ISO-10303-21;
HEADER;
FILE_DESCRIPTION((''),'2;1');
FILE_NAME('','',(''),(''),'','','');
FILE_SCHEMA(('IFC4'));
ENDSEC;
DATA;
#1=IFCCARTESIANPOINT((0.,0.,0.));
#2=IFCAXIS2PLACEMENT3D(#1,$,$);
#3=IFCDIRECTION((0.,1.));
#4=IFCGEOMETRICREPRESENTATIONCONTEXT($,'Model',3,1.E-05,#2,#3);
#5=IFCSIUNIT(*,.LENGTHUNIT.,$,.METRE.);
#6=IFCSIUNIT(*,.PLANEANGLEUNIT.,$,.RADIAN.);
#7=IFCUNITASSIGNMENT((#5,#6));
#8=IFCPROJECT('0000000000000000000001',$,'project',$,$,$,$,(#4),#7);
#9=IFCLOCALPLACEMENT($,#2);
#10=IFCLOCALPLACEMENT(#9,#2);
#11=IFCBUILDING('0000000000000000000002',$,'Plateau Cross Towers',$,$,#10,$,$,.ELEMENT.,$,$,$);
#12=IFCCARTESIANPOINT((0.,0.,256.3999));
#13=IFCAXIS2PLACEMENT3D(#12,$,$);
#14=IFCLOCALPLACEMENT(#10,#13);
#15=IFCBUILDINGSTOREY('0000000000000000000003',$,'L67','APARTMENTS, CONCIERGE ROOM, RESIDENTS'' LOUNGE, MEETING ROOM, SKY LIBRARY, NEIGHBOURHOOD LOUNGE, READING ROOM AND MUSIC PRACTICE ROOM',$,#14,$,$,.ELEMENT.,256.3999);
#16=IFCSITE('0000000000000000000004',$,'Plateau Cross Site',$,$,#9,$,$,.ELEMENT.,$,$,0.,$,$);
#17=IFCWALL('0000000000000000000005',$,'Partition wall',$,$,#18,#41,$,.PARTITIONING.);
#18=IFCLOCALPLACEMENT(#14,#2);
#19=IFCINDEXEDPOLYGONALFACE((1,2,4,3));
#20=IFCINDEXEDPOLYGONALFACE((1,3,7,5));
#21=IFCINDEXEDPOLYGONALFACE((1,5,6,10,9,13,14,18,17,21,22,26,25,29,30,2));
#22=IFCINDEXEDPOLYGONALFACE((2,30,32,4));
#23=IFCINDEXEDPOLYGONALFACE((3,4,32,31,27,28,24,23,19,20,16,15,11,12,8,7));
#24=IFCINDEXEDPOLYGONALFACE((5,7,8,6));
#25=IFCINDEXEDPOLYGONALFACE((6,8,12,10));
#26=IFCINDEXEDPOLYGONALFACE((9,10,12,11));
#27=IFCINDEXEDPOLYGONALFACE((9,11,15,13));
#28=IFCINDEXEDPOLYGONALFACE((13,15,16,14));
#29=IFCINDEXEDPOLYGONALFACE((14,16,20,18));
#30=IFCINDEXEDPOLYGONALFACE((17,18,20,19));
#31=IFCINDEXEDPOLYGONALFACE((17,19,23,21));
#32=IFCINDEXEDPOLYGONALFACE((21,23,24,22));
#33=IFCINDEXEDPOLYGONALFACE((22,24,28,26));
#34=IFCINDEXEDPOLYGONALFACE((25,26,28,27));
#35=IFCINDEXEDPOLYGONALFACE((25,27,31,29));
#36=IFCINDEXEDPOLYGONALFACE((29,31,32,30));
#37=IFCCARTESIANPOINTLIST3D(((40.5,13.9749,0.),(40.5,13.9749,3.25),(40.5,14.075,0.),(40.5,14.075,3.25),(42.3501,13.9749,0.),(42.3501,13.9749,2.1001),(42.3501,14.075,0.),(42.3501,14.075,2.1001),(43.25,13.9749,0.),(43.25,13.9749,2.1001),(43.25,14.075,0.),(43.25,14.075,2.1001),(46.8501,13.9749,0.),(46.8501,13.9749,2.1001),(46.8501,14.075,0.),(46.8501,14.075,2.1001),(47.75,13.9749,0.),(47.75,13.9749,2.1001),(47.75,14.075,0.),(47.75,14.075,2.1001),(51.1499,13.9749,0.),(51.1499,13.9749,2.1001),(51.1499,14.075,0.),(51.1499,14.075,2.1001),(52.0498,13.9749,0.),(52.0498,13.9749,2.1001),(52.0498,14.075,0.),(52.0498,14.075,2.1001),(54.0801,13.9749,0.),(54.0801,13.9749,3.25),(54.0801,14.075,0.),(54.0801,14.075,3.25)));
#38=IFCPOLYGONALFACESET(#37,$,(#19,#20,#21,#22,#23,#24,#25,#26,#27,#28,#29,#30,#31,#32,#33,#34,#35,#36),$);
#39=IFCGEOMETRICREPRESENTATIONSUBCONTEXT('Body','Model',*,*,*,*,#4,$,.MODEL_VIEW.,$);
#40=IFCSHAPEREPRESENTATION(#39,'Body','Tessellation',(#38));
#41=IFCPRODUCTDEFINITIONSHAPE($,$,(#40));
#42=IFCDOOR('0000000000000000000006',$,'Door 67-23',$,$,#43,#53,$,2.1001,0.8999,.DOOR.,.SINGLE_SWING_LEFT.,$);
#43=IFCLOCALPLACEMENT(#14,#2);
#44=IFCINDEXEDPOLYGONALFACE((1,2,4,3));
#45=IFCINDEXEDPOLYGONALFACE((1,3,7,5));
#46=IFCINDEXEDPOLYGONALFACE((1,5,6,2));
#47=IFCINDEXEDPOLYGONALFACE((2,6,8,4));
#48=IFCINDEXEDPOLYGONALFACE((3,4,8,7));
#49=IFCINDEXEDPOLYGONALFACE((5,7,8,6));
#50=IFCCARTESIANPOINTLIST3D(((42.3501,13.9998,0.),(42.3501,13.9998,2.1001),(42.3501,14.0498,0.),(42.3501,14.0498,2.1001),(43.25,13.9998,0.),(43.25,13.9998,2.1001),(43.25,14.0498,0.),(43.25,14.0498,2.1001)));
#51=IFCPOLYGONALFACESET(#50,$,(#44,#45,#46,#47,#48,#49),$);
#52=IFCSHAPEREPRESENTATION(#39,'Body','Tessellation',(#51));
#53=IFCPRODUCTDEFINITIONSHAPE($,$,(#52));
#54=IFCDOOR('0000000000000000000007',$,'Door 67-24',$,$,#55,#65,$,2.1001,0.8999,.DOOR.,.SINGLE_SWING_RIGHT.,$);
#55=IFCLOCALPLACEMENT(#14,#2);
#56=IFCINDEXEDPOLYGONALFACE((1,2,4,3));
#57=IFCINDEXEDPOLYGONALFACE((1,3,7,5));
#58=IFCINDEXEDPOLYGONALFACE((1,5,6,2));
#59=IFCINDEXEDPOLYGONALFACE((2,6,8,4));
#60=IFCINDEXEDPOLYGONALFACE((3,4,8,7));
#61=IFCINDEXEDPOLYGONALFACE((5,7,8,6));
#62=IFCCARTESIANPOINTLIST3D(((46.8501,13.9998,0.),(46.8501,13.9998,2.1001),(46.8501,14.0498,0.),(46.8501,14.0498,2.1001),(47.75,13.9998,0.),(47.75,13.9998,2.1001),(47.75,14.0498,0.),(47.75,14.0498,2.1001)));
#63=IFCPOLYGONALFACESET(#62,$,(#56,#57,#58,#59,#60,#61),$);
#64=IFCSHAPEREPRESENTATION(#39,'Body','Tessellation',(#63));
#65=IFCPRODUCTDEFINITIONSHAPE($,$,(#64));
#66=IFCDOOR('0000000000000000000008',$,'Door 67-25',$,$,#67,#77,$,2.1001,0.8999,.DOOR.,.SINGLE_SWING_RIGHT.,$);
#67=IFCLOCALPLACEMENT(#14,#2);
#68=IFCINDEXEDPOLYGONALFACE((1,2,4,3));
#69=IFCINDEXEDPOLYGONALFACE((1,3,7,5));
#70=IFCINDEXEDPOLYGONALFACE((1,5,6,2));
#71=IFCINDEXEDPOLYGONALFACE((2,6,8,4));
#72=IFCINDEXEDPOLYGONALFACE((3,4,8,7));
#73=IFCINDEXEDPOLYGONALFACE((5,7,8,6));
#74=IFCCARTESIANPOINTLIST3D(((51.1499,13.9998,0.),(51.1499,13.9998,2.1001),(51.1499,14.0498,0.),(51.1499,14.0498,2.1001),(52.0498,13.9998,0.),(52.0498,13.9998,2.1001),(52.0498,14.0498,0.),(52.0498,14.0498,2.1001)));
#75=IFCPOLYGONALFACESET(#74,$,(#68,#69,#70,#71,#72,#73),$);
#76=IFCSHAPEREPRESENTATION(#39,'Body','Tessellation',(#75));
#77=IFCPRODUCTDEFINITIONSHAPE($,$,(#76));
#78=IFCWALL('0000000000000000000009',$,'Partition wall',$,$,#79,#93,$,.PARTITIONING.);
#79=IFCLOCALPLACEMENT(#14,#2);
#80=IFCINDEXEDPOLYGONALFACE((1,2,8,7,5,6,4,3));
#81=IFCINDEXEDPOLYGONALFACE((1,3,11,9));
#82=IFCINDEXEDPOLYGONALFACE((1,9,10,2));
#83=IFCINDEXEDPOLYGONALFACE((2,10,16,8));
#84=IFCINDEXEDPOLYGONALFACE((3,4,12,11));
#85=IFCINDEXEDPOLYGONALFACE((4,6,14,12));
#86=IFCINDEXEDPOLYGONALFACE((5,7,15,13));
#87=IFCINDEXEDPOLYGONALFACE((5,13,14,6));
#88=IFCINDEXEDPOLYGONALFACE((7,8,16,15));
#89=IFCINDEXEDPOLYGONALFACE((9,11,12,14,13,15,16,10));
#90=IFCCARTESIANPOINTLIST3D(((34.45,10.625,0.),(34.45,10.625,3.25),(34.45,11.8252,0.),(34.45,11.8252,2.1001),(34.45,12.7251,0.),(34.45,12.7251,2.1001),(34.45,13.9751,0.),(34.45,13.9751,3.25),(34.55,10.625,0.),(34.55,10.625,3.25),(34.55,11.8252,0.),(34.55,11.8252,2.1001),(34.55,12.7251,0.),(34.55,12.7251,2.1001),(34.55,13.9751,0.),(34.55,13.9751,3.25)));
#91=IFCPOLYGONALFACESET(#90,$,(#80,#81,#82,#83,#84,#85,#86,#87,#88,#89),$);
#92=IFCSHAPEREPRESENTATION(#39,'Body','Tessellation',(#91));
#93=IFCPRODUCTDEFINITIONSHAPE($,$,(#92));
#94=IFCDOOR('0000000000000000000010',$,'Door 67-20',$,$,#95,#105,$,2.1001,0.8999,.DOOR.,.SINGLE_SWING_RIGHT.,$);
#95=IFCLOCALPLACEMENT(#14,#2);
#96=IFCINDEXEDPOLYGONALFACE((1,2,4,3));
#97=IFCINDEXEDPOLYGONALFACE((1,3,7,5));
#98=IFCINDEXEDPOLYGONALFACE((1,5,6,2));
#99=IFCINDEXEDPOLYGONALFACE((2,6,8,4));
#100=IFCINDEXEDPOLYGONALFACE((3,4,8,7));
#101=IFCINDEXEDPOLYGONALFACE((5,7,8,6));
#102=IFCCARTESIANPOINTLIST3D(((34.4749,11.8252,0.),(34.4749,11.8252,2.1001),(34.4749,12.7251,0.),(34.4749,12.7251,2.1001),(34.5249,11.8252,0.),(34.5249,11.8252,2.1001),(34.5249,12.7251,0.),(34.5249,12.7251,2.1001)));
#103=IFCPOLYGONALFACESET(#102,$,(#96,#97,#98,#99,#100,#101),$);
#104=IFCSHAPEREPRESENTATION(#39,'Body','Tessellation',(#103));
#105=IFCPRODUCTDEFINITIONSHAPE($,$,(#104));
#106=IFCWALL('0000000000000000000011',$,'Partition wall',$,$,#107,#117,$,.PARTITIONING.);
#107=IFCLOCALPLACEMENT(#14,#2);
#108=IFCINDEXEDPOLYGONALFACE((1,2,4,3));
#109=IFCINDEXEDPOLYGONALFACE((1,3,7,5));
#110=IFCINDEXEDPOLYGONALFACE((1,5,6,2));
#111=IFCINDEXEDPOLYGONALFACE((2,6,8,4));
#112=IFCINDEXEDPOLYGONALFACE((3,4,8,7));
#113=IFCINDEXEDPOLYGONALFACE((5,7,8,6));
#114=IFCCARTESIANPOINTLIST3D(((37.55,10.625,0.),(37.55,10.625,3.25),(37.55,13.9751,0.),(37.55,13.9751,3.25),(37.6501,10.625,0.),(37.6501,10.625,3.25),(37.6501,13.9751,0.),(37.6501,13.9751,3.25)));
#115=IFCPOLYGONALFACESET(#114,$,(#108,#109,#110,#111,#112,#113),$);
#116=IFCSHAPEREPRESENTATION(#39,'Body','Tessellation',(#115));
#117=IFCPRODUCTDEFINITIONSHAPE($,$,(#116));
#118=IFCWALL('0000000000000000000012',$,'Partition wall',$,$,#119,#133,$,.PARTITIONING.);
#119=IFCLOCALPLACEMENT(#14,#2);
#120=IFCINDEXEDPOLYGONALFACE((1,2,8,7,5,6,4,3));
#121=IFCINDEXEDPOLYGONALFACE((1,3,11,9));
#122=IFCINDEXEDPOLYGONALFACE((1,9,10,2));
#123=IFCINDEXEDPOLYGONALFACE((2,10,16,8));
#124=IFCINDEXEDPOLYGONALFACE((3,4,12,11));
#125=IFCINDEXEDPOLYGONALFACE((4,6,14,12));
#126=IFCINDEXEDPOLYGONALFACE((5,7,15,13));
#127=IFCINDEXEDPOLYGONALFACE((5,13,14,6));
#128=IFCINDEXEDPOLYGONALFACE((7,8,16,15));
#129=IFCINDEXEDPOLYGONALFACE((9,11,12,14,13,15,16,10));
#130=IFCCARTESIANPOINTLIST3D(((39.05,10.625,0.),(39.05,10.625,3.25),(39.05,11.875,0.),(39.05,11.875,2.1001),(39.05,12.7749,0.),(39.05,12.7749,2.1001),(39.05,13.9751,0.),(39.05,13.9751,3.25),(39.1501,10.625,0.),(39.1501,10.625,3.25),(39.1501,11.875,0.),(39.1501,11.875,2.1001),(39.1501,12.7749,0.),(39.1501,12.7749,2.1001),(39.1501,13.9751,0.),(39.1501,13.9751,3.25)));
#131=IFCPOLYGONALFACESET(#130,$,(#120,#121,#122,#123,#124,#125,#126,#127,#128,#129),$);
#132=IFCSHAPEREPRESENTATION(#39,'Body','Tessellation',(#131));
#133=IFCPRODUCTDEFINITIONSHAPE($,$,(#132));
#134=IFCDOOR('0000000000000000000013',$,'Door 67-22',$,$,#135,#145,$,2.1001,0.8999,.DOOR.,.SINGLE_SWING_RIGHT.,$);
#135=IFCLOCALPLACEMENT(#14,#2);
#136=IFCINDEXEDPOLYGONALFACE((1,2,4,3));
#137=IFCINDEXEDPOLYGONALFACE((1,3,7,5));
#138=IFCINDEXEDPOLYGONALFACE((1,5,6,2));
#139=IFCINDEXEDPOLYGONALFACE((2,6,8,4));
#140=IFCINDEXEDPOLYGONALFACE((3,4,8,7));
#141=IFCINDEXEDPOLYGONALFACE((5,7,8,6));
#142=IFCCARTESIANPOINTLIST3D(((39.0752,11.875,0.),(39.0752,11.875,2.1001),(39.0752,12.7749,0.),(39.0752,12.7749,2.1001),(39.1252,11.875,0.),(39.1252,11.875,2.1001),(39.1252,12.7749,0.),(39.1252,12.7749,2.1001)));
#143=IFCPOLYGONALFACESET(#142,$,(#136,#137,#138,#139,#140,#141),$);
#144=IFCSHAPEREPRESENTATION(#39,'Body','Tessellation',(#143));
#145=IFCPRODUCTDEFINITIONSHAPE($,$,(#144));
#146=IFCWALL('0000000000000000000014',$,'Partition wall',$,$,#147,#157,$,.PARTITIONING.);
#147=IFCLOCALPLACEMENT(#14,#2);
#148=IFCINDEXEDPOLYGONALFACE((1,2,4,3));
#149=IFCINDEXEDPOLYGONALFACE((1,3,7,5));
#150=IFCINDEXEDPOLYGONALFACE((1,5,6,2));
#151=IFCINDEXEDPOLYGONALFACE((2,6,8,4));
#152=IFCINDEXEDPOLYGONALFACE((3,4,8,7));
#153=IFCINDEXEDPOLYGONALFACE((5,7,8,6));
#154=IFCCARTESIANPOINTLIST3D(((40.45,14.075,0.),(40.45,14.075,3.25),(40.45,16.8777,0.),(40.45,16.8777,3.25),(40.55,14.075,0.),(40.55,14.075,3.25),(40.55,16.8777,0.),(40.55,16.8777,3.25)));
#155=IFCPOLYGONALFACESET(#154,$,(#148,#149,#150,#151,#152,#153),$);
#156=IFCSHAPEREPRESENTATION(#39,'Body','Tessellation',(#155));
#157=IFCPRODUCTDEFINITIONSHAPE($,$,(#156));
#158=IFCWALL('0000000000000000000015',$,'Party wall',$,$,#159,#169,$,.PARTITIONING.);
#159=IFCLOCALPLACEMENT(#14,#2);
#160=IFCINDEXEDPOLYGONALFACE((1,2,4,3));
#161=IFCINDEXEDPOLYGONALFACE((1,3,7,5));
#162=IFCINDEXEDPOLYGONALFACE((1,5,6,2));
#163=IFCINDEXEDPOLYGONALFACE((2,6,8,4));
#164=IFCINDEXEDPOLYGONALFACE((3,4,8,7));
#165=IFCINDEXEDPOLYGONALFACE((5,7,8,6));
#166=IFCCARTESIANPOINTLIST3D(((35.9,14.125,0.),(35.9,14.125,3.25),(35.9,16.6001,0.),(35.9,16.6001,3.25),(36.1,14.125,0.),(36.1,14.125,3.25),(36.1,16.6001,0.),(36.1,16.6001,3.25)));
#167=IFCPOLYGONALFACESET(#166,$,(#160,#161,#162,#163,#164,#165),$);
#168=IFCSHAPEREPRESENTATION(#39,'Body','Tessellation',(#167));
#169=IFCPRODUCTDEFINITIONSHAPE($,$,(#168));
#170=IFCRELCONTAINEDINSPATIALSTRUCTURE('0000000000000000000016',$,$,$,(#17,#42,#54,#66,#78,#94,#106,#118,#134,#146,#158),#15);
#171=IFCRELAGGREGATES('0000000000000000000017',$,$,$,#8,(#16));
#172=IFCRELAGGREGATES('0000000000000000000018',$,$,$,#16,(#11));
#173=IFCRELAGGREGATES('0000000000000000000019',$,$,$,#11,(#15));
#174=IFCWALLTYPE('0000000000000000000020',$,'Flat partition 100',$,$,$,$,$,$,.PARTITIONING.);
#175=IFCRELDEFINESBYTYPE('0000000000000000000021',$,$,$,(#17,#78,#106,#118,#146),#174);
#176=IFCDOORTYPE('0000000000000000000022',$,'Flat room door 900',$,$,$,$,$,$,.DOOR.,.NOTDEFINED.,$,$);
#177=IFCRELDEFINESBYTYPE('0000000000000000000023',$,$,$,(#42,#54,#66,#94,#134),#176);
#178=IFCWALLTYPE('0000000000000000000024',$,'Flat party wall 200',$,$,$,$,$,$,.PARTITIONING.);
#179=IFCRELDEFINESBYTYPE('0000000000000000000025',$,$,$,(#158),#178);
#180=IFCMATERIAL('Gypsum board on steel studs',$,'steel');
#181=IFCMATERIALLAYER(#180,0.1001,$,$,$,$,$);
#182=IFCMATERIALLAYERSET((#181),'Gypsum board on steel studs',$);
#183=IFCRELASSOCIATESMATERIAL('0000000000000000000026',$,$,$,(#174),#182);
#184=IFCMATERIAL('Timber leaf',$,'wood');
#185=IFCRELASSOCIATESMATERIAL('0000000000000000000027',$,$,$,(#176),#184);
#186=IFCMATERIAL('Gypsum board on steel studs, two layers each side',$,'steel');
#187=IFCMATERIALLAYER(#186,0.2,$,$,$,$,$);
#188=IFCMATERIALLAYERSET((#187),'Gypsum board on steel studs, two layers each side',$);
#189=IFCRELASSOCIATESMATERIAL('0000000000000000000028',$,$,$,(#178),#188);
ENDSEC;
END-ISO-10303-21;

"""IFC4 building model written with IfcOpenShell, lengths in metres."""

from ifc_helpers import new_model, si_unit, direction, frame, frame_2d, origin, place, context, subcontext, project, spatial, rectangle, extrude, material, layer, layer_set, type_object, element, fill, save


model = new_model("IFC4")

# Units and contexts
model_context = context("Model", 3, precision=1e-05, world=origin(), true_north=direction((0.0, 1.0)))
body_context = subcontext(model_context, "Body", "Model", "MODEL_VIEW")
ifc_project = project(units=[si_unit("LENGTHUNIT", "METRE"), si_unit("PLANEANGLEUNIT", "RADIAN")], contexts=[model_context])

# Site, building, storey
site_placement = place(None, origin())
site = spatial("IfcSite", under=ifc_project, at=site_placement, Name="Plateau Cross Site", CompositionType="ELEMENT", RefElevation=0.0)
building_placement = place(site_placement, origin())
building = spatial("IfcBuilding", under=site, at=building_placement, Name="Plateau Cross Towers", CompositionType="ELEMENT")
storey_placement = place(building_placement, frame((0.0, 0.0, 256.3999)))
storey = spatial("IfcBuildingStorey", under=building, at=storey_placement, Name="L67", Description="APARTMENTS, CONCIERGE ROOM, RESIDENTS' LOUNGE, MEETING ROOM, SKY LIBRARY, NEIGHBOURHOOD LOUNGE, READING ROOM AND MUSIC PRACTICE ROOM", CompositionType="ELEMENT", Elevation=256.3999)

# Shared definitions
ifc_material_1 = material(Name="Gypsum board on steel studs", Category="steel")
ifc_layer_1 = layer(ifc_material_1, 0.1001)
ifc_layer_set_1 = layer_set([ifc_layer_1], Name="Gypsum board on steel studs")
wall_type_1 = type_object("IfcWallType", Name="Flat partition 100", PredefinedType="PARTITIONING", material=ifc_layer_set_1)

# Shared definitions
ifc_material_2 = material(Name="Timber leaf", Category="wood")
door_type = type_object("IfcDoorType", Name="Flat room door 900", OperationType="NOTDEFINED", PredefinedType="DOOR", material=ifc_material_2)

# Wall, openings, doors
wall_1_placement = place(storey_placement, frame((40.5, 14.0249, 0.0), z_axis=(0.0, 0.0, 1.0), x_axis=(1.0, 0.0, 0.0)))
wall_1 = element("IfcWall", 1, at=wall_1_placement, inside=storey, type_object=wall_type_1, Name="Partition wall", PredefinedType="PARTITIONING", context=body_context, shape_type="SweptSolid", body=[
    extrude(rectangle(XDim=13.5801, YDim=0.1001, at=frame_2d((6.79, 0.0))), origin(), (0.0, 0.0, 1.0), 3.25),
])
opening_1_placement = place(wall_1_placement, frame((1.8501, 0.0, 0.0)))
opening_1 = element("IfcOpeningElement", 2, at=opening_1_placement, cuts=wall_1, PredefinedType="OPENING", context=body_context, shape_type="SweptSolid", body=[
    extrude(rectangle(XDim=0.8999, YDim=2.1001, at=frame_2d((0.45, 1.05))), frame((0.0, 0.0601, 0.0), z_axis=(0.0, -1.0, 0.0), x_axis=(1.0, 0.0, 0.0)), (0.0, 0.0, 1.0), 0.1201),
])
opening_2_placement = place(wall_1_placement, frame((6.3501, 0.0, 0.0)))
opening_2 = element("IfcOpeningElement", 3, at=opening_2_placement, cuts=wall_1, PredefinedType="OPENING", context=body_context, shape_type="SweptSolid", body=[
    extrude(rectangle(XDim=0.8999, YDim=2.1001, at=frame_2d((0.45, 1.05))), frame((0.0, 0.0601, 0.0), z_axis=(0.0, -1.0, 0.0), x_axis=(1.0, 0.0, 0.0)), (0.0, 0.0, 1.0), 0.1201),
])
opening_3_placement = place(wall_1_placement, frame((10.6499, 0.0, 0.0)))
opening_3 = element("IfcOpeningElement", 4, at=opening_3_placement, cuts=wall_1, PredefinedType="OPENING", context=body_context, shape_type="SweptSolid", body=[
    extrude(rectangle(XDim=0.8999, YDim=2.1001, at=frame_2d((0.45, 1.05))), frame((0.0, 0.0601, 0.0), z_axis=(0.0, -1.0, 0.0), x_axis=(1.0, 0.0, 0.0)), (0.0, 0.0, 1.0), 0.1201),
])
door_1_placement = place(opening_1_placement, origin())
door_1 = element("IfcDoor", 5, at=door_1_placement, inside=storey, type_object=door_type, Name="Door 67-23", OperationType="SINGLE_SWING_LEFT", OverallHeight=2.1001, OverallWidth=0.8999, PredefinedType="DOOR", context=body_context, shape_type="SweptSolid", body=[
    extrude(rectangle(XDim=0.8999, YDim=2.1001, at=frame_2d((0.45, 1.05))), frame((0.0, 0.0249, 0.0), z_axis=(0.0, -1.0, 0.0), x_axis=(1.0, 0.0, 0.0)), (0.0, 0.0, 1.0), 0.05),
])
fill(opening_1, door_1)
door_2_placement = place(opening_2_placement, origin())
door_2 = element("IfcDoor", 6, at=door_2_placement, inside=storey, type_object=door_type, Name="Door 67-24", OperationType="SINGLE_SWING_RIGHT", OverallHeight=2.1001, OverallWidth=0.8999, PredefinedType="DOOR", context=body_context, shape_type="SweptSolid", body=[
    extrude(rectangle(XDim=0.8999, YDim=2.1001, at=frame_2d((0.45, 1.05))), frame((0.0, 0.0249, 0.0), z_axis=(0.0, -1.0, 0.0), x_axis=(1.0, 0.0, 0.0)), (0.0, 0.0, 1.0), 0.05),
])
fill(opening_2, door_2)
door_3_placement = place(opening_3_placement, origin())
door_3 = element("IfcDoor", 7, at=door_3_placement, inside=storey, type_object=door_type, Name="Door 67-25", OperationType="SINGLE_SWING_RIGHT", OverallHeight=2.1001, OverallWidth=0.8999, PredefinedType="DOOR", context=body_context, shape_type="SweptSolid", body=[
    extrude(rectangle(XDim=0.8999, YDim=2.1001, at=frame_2d((0.45, 1.05))), frame((0.0, 0.0249, 0.0), z_axis=(0.0, -1.0, 0.0), x_axis=(1.0, 0.0, 0.0)), (0.0, 0.0, 1.0), 0.05),
])
fill(opening_3, door_3)

# Wall, opening, door
wall_2_placement = place(storey_placement, frame((34.5, 13.9751, 0.0), z_axis=(0.0, 0.0, 1.0), x_axis=(0.0, -1.0, 0.0)))
wall_2 = element("IfcWall", 8, at=wall_2_placement, inside=storey, type_object=wall_type_1, Name="Partition wall", PredefinedType="PARTITIONING", context=body_context, shape_type="SweptSolid", body=[
    extrude(rectangle(XDim=3.3501, YDim=0.1001, at=frame_2d((1.675, 0.0))), origin(), (0.0, 0.0, 1.0), 3.25),
])
opening_4_placement = place(wall_2_placement, frame((1.25, 0.0, 0.0)))
opening_4 = element("IfcOpeningElement", 9, at=opening_4_placement, cuts=wall_2, PredefinedType="OPENING", context=body_context, shape_type="SweptSolid", body=[
    extrude(rectangle(XDim=0.8999, YDim=2.1001, at=frame_2d((0.45, 1.05))), frame((0.0, 0.0601, 0.0), z_axis=(0.0, -1.0, 0.0), x_axis=(1.0, 0.0, 0.0)), (0.0, 0.0, 1.0), 0.1201),
])
door_4_placement = place(opening_4_placement, origin())
door_4 = element("IfcDoor", 10, at=door_4_placement, inside=storey, type_object=door_type, Name="Door 67-20", OperationType="SINGLE_SWING_RIGHT", OverallHeight=2.1001, OverallWidth=0.8999, PredefinedType="DOOR", context=body_context, shape_type="SweptSolid", body=[
    extrude(rectangle(XDim=0.8999, YDim=2.1001, at=frame_2d((0.45, 1.05))), frame((0.0, 0.0249, 0.0), z_axis=(0.0, -1.0, 0.0), x_axis=(1.0, 0.0, 0.0)), (0.0, 0.0, 1.0), 0.05),
])
fill(opening_4, door_4)

# Wall
wall_3_placement = place(storey_placement, frame((37.6001, 10.625, 0.0), z_axis=(0.0, 0.0, 1.0), x_axis=(0.0, 1.0, 0.0)))
element("IfcWall", 11, at=wall_3_placement, inside=storey, type_object=wall_type_1, Name="Partition wall", PredefinedType="PARTITIONING", context=body_context, shape_type="SweptSolid", body=[
    extrude(rectangle(XDim=3.3501, YDim=0.1001, at=frame_2d((1.675, 0.0))), origin(), (0.0, 0.0, 1.0), 3.25),
])

# Wall, opening, door
wall_4_placement = place(storey_placement, frame((39.1001, 10.625, 0.0), z_axis=(0.0, 0.0, 1.0), x_axis=(0.0, 1.0, 0.0)))
wall_4 = element("IfcWall", 12, at=wall_4_placement, inside=storey, type_object=wall_type_1, Name="Partition wall", PredefinedType="PARTITIONING", context=body_context, shape_type="SweptSolid", body=[
    extrude(rectangle(XDim=3.3501, YDim=0.1001, at=frame_2d((1.675, 0.0))), origin(), (0.0, 0.0, 1.0), 3.25),
])
opening_5_placement = place(wall_4_placement, frame((1.25, 0.0, 0.0)))
opening_5 = element("IfcOpeningElement", 13, at=opening_5_placement, cuts=wall_4, PredefinedType="OPENING", context=body_context, shape_type="SweptSolid", body=[
    extrude(rectangle(XDim=0.8999, YDim=2.1001, at=frame_2d((0.45, 1.05))), frame((0.0, 0.0601, 0.0), z_axis=(0.0, -1.0, 0.0), x_axis=(1.0, 0.0, 0.0)), (0.0, 0.0, 1.0), 0.1201),
])
door_5_placement = place(opening_5_placement, origin())
door_5 = element("IfcDoor", 14, at=door_5_placement, inside=storey, type_object=door_type, Name="Door 67-22", OperationType="SINGLE_SWING_RIGHT", OverallHeight=2.1001, OverallWidth=0.8999, PredefinedType="DOOR", context=body_context, shape_type="SweptSolid", body=[
    extrude(rectangle(XDim=0.8999, YDim=2.1001, at=frame_2d((0.45, 1.05))), frame((0.0, 0.0249, 0.0), z_axis=(0.0, -1.0, 0.0), x_axis=(1.0, 0.0, 0.0)), (0.0, 0.0, 1.0), 0.05),
])
fill(opening_5, door_5)

# Walls
wall_5_placement = place(storey_placement, frame((40.5, 16.8777, 0.0), z_axis=(0.0, 0.0, 1.0), x_axis=(0.0, -1.0, 0.0)))
element("IfcWall", 15, at=wall_5_placement, inside=storey, type_object=wall_type_1, Name="Partition wall", PredefinedType="PARTITIONING", context=body_context, shape_type="SweptSolid", body=[
    extrude(rectangle(XDim=2.8027, YDim=0.1001, at=frame_2d((1.4014, 0.0))), origin(), (0.0, 0.0, 1.0), 3.25),
])
ifc_material_3 = material(Name="Gypsum board on steel studs, two layers each side", Category="steel")
ifc_layer_2 = layer(ifc_material_3, 0.2)
ifc_layer_set_2 = layer_set([ifc_layer_2], Name="Gypsum board on steel studs, two layers each side")
wall_type_2 = type_object("IfcWallType", Name="Flat party wall 200", PredefinedType="PARTITIONING", material=ifc_layer_set_2)
wall_6_placement = place(storey_placement, frame((36.0, 16.6001, 0.0), z_axis=(0.0, 0.0, 1.0), x_axis=(0.0, -1.0, 0.0)))
element("IfcWall", 16, at=wall_6_placement, inside=storey, type_object=wall_type_2, Name="Party wall", PredefinedType="PARTITIONING", context=body_context, shape_type="SweptSolid", body=[
    extrude(rectangle(XDim=2.4751, YDim=0.2, at=frame_2d((1.2375, 0.0))), origin(), (0.0, 0.0, 1.0), 3.25),
])

save(model, "model.ifc")
